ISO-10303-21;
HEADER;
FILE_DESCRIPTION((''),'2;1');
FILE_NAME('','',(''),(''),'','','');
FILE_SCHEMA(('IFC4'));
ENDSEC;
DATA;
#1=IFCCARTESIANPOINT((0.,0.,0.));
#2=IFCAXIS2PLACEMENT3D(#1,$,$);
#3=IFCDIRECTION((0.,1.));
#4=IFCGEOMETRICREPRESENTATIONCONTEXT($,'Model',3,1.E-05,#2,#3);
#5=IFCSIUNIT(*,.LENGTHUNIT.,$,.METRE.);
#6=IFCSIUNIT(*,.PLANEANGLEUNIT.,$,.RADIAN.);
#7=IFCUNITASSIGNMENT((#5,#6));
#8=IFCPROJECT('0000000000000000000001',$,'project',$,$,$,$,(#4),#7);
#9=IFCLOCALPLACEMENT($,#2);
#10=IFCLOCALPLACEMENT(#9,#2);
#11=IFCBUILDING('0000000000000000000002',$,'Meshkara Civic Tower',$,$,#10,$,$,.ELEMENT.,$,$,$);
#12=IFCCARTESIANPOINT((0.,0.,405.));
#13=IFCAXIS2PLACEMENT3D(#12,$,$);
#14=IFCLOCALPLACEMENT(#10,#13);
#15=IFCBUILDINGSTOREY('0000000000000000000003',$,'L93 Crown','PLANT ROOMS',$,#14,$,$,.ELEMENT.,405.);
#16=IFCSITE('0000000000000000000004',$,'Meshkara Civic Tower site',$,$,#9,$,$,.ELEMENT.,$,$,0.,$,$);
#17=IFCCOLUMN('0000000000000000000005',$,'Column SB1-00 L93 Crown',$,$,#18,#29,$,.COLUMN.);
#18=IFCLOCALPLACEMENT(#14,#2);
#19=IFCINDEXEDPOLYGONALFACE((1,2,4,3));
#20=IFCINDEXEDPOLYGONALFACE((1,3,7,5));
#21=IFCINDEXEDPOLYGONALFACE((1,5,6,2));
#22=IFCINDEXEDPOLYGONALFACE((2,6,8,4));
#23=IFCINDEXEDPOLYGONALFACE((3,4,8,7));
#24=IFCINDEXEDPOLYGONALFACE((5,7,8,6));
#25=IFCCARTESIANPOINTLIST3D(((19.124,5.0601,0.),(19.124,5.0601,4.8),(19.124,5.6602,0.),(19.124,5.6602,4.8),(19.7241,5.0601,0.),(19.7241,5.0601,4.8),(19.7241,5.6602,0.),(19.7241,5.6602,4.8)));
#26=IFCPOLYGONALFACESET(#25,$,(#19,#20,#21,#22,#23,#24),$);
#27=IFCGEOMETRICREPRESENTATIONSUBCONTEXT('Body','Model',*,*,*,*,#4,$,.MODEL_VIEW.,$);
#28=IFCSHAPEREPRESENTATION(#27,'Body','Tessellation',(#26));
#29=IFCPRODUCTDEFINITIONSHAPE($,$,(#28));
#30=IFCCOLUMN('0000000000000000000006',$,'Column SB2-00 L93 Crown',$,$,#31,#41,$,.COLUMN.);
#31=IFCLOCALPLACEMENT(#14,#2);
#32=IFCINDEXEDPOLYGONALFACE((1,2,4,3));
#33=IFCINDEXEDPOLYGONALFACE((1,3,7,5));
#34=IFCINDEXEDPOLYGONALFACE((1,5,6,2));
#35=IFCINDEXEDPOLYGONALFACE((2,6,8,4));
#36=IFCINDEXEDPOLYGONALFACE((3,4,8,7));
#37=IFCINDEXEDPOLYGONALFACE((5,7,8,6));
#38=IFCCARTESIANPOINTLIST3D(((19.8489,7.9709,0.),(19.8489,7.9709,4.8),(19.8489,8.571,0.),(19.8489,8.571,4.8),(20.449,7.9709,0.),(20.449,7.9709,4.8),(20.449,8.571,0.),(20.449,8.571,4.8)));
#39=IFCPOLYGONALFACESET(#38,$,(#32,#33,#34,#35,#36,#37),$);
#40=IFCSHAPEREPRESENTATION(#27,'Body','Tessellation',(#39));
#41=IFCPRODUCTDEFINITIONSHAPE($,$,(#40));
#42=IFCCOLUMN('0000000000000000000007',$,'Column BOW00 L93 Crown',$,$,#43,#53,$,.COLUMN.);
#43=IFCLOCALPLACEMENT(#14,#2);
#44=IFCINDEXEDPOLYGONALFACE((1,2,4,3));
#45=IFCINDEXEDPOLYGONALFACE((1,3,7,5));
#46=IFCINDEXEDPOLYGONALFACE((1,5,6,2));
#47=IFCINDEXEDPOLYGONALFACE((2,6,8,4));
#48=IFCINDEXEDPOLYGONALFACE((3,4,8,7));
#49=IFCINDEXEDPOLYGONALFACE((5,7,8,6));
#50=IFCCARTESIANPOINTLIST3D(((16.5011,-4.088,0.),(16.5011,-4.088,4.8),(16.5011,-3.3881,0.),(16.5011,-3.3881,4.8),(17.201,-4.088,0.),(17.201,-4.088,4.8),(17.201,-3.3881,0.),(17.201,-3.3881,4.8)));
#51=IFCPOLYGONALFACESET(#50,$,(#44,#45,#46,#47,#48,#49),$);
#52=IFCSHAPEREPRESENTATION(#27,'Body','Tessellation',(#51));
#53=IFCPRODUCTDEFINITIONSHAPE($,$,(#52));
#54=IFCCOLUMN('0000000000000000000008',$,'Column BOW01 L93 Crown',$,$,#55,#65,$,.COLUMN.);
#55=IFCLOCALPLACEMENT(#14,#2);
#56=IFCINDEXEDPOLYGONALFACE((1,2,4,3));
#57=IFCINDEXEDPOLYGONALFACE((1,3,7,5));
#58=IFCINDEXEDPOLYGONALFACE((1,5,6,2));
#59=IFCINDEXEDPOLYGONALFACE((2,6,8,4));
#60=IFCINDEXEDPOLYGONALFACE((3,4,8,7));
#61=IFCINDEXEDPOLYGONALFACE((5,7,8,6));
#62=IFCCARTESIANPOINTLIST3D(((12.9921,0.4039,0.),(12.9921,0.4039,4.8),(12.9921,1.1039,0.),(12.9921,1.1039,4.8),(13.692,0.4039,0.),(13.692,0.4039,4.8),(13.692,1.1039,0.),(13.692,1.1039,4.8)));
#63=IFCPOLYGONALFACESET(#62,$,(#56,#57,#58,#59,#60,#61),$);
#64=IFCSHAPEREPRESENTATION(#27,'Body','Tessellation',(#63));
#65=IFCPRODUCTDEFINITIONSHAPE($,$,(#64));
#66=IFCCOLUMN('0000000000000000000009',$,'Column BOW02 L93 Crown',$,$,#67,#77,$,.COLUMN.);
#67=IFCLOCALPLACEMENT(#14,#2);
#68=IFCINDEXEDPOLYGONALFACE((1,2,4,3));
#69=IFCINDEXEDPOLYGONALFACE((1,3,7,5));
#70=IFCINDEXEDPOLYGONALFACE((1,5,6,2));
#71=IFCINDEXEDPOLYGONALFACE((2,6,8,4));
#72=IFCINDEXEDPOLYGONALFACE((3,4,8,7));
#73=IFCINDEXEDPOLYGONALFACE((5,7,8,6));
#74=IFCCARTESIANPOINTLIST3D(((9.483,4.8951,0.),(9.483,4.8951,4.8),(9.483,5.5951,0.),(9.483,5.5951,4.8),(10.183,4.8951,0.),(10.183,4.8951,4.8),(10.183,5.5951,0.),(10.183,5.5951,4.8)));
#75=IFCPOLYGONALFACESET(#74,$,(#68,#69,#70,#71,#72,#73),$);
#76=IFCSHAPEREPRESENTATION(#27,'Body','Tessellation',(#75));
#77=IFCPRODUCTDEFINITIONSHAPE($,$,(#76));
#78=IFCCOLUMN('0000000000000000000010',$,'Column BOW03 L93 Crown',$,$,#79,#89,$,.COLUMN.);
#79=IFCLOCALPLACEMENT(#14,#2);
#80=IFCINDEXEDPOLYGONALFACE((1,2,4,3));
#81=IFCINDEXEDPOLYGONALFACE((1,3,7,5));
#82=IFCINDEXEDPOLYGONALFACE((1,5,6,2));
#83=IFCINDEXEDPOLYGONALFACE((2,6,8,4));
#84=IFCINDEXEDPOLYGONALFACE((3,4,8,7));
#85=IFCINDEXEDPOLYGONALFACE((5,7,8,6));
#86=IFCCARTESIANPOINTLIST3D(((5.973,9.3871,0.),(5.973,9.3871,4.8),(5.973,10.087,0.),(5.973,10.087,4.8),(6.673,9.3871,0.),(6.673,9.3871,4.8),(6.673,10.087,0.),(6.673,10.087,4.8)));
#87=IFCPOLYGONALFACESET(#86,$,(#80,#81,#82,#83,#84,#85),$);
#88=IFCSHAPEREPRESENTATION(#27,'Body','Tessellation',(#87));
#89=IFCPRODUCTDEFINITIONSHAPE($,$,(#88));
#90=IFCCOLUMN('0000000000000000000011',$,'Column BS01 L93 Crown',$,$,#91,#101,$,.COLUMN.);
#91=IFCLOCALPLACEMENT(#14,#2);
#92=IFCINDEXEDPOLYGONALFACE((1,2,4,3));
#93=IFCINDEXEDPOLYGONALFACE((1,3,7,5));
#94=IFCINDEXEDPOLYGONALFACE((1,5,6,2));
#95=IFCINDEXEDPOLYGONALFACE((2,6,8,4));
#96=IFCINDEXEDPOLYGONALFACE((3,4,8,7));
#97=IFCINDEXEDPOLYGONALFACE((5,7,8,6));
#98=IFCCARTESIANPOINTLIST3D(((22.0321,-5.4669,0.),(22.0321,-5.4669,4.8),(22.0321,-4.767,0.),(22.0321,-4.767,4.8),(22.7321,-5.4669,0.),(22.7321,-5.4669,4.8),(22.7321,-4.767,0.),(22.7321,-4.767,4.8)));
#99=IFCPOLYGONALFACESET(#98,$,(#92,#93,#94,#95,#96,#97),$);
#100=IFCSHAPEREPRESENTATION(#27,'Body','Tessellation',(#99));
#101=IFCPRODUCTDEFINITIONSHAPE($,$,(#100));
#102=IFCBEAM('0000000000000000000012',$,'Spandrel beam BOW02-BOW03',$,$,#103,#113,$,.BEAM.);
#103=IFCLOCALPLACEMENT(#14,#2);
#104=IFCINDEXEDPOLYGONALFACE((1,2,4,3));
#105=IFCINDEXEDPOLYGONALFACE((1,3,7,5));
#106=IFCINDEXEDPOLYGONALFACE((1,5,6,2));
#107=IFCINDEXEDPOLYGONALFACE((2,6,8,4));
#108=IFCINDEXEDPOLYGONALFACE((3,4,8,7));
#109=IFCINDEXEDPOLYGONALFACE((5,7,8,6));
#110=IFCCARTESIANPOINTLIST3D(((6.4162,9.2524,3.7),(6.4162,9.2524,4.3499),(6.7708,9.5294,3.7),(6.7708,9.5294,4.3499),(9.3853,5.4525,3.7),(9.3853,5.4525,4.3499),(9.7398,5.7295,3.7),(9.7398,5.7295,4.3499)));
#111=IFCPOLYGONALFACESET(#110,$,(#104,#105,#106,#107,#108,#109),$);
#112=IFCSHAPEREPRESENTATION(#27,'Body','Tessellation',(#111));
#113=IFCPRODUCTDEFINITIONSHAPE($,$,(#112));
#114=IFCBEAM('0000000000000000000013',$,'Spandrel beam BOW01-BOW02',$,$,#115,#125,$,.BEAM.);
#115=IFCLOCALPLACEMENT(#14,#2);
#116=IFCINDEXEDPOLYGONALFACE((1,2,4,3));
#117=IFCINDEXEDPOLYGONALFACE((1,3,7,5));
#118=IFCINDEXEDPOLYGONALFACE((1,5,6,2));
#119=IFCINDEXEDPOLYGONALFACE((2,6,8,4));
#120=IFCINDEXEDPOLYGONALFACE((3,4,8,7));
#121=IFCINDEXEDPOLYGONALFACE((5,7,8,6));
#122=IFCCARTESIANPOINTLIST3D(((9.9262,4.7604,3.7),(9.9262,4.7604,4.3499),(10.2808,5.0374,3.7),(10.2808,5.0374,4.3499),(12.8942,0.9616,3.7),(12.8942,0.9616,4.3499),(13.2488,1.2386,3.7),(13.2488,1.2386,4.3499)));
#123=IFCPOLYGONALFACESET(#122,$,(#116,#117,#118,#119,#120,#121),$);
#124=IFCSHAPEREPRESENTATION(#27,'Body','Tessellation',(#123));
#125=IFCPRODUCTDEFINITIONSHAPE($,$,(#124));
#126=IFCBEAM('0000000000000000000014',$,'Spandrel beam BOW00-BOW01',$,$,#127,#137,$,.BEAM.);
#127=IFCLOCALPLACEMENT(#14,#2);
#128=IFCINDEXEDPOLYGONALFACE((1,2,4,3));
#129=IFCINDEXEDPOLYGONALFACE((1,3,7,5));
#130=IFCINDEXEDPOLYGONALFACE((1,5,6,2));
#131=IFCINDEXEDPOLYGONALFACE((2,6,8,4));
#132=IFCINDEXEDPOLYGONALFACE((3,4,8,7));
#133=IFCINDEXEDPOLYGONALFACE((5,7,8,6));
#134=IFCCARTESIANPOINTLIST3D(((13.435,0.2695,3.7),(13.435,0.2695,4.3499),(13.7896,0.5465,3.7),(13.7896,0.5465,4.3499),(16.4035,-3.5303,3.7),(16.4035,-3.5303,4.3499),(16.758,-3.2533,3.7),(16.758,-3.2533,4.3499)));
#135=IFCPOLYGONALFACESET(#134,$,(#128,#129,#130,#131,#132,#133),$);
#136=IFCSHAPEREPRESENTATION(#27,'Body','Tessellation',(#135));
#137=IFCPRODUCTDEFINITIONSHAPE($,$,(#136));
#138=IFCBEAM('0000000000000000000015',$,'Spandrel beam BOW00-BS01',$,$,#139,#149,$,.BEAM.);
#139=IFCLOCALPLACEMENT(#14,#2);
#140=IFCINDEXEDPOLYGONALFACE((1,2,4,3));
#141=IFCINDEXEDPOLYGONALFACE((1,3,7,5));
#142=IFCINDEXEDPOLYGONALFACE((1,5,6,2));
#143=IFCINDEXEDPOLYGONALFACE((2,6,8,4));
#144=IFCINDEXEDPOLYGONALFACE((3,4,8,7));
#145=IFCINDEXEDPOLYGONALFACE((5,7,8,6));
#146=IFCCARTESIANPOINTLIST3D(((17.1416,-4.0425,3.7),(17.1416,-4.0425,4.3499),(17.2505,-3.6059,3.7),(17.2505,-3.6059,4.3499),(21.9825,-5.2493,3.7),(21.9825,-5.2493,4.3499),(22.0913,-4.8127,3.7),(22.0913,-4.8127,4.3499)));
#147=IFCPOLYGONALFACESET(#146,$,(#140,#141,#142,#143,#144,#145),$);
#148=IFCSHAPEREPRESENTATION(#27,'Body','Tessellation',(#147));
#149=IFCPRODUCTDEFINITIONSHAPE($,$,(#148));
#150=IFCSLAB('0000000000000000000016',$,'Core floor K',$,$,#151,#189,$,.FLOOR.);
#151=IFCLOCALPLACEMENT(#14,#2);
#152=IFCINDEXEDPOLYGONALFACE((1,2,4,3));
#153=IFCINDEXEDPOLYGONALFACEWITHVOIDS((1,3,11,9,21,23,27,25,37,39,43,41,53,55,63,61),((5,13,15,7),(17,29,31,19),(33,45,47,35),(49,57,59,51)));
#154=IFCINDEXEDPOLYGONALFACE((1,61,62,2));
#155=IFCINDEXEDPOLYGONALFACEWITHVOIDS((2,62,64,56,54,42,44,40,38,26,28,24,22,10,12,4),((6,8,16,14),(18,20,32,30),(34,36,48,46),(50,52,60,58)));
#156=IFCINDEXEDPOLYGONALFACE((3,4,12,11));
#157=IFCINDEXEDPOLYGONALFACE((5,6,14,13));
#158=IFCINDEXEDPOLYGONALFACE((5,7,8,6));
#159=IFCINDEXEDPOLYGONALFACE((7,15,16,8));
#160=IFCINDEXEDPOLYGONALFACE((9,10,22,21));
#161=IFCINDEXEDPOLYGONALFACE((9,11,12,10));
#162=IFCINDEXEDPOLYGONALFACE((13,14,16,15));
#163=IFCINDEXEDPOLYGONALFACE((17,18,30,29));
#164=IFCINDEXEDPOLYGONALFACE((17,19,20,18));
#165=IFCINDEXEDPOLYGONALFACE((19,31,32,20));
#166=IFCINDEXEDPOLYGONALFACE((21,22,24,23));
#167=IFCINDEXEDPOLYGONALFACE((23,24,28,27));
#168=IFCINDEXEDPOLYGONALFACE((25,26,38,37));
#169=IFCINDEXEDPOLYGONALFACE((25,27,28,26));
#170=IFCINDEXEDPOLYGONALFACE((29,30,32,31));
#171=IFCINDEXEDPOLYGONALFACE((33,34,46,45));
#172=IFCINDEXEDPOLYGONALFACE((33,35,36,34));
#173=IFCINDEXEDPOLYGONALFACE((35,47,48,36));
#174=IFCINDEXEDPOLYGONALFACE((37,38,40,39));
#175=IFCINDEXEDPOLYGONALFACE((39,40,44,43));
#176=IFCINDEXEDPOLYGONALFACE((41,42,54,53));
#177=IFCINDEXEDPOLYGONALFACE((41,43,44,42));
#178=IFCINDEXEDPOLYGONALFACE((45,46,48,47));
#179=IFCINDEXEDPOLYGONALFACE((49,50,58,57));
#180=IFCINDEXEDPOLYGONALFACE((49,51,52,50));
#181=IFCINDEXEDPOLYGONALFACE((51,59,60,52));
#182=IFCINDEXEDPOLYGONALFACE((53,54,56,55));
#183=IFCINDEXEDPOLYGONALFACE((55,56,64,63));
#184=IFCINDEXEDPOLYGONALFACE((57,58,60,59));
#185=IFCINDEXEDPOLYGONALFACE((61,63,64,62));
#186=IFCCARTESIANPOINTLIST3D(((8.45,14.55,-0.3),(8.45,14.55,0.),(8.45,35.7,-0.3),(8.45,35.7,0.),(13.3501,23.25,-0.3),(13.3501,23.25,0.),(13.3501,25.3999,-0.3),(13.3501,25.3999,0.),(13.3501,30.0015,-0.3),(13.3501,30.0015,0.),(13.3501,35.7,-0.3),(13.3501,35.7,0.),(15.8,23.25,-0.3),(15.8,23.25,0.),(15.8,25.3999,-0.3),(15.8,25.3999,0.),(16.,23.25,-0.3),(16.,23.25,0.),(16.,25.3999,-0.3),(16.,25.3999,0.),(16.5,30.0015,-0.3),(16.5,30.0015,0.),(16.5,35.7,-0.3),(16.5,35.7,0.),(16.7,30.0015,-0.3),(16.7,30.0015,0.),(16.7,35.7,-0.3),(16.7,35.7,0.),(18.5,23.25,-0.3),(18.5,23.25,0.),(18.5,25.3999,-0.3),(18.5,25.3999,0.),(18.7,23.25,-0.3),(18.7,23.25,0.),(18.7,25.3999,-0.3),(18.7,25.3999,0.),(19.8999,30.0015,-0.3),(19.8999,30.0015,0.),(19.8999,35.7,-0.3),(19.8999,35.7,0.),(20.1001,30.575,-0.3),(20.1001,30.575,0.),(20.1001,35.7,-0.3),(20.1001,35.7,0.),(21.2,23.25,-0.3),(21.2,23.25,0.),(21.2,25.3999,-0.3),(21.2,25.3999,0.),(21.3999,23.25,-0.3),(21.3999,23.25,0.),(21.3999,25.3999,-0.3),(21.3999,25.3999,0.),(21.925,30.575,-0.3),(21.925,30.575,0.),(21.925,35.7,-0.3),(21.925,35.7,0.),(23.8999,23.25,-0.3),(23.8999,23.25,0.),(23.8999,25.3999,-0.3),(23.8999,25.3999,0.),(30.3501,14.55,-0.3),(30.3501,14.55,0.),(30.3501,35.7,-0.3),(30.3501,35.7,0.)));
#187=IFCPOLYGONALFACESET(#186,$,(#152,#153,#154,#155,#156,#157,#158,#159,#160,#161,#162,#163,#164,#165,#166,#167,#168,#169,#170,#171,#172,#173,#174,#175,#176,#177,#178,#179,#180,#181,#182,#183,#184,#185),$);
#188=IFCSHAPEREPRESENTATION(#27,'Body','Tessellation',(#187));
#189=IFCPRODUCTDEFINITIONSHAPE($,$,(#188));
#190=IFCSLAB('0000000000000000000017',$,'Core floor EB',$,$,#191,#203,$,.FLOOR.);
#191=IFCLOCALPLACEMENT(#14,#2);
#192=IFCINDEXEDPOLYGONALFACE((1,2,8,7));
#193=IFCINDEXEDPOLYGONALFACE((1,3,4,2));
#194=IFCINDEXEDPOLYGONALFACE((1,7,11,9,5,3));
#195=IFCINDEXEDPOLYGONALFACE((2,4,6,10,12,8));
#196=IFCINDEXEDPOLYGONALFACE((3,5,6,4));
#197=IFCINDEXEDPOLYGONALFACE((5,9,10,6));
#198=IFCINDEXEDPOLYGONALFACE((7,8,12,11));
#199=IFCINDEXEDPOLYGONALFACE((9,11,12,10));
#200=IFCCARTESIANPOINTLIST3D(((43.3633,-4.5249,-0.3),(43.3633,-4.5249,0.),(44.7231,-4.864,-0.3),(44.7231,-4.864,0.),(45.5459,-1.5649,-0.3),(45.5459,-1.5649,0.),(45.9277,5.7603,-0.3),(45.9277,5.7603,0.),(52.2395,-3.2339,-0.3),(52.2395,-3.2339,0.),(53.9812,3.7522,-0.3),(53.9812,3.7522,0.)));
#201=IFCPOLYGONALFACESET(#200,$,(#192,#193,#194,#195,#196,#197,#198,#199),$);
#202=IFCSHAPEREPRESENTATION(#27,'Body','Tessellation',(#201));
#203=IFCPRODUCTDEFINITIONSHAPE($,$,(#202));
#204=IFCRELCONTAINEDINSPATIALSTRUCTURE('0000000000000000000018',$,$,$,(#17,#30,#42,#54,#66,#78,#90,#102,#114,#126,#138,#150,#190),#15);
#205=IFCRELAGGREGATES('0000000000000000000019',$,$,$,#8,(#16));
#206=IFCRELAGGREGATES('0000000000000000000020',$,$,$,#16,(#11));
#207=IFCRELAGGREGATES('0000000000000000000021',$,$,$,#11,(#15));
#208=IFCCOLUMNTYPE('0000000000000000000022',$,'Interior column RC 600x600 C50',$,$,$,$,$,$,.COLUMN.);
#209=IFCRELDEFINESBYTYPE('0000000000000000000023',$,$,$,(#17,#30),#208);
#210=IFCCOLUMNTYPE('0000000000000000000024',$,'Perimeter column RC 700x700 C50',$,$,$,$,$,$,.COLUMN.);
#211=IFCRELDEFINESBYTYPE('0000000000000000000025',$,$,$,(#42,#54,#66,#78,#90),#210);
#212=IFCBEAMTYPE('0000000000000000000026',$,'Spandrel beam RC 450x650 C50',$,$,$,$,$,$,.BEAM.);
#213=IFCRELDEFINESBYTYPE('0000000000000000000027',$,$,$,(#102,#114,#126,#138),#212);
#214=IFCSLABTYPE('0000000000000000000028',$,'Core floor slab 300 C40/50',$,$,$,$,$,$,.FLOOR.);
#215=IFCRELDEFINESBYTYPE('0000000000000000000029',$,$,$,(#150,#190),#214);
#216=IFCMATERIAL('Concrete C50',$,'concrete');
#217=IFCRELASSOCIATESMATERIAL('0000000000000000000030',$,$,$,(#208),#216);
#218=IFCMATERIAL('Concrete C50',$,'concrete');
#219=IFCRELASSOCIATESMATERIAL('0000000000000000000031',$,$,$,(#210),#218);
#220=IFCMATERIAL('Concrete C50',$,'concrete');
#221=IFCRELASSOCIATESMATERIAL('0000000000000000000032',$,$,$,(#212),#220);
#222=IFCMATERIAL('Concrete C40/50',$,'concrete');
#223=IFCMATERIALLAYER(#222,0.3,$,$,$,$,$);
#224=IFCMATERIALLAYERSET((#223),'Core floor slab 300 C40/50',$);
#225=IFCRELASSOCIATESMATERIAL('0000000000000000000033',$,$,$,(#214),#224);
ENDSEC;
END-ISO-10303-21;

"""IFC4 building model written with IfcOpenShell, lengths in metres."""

from ifc_helpers import new_model, si_unit, direction, frame, origin, origin_2d, place, context, subcontext, project, spatial, polyline, rectangle, outline, extrude, material, layer, layer_set, material_profile, profile_set, type_object, element, save


model = new_model("IFC4")

# Units and contexts
model_context = context("Model", 3, precision=1e-05, world=origin(), true_north=direction((0.0, 1.0)))
body_context = subcontext(model_context, "Body", "Model", "MODEL_VIEW")
ifc_project = project(units=[si_unit("LENGTHUNIT", "METRE"), si_unit("PLANEANGLEUNIT", "RADIAN")], contexts=[model_context])

# Site, building, storey
site_placement = place(None, origin())
site = spatial("IfcSite", under=ifc_project, at=site_placement, Name="Meshkara Civic Tower site", CompositionType="ELEMENT", RefElevation=0.0)
building_placement = place(site_placement, origin())
building = spatial("IfcBuilding", under=site, at=building_placement, Name="Meshkara Civic Tower", CompositionType="ELEMENT")
storey_placement = place(building_placement, frame((0.0, 0.0, 405.0)))
storey = spatial("IfcBuildingStorey", under=building, at=storey_placement, Name="L93 Crown", Description="PLANT ROOMS", CompositionType="ELEMENT", Elevation=405.0)

# Columns
ifc_material_1 = material(Name="Concrete C50", Category="concrete")
ifc_material_profile_1 = material_profile(ifc_material_1, rectangle(XDim=0.6001, YDim=0.6001, at=origin_2d()))
ifc_profile_set_1 = profile_set([ifc_material_profile_1], Name="Concrete C50")
column_type_1 = type_object("IfcColumnType", Name="Interior column RC 600x600 C50", PredefinedType="COLUMN", material=ifc_profile_set_1)
for number, where, z_axis, x_axis, name in (
    (1, (19.4241, 5.3601, 0.0), (0.0, 0.0, 1.0), (1.0, 0.0, 0.0), "Column SB1-00 L93 Crown"),
    (2, (20.1489, 8.271, 0.0), (0.0, 0.0, 1.0), (1.0, 0.0, 0.0), "Column SB2-00 L93 Crown"),
):
    element("IfcColumn", number, at=place(storey_placement, frame(where, z_axis=z_axis, x_axis=x_axis)), inside=storey, type_object=column_type_1, Name=name, PredefinedType="COLUMN", context=body_context, shape_type="SweptSolid", body=[
        extrude(rectangle(XDim=0.6001, YDim=0.6001, at=origin_2d()), origin(), (0.0, 0.0, 1.0), 4.8),
    ])
ifc_material_2 = material(Name="Concrete C50", Category="concrete")
ifc_material_profile_2 = material_profile(ifc_material_2, rectangle(XDim=0.7, YDim=0.7, at=origin_2d()))
ifc_profile_set_2 = profile_set([ifc_material_profile_2], Name="Concrete C50")
column_type_2 = type_object("IfcColumnType", Name="Perimeter column RC 700x700 C50", PredefinedType="COLUMN", material=ifc_profile_set_2)
for number, where, z_axis, x_axis, name in (
    (3, (16.8511, -3.738, 0.0), (0.0, 0.0, 1.0), (1.0, 0.0, 0.0), "Column BOW00 L93 Crown"),
    (4, (13.342, 0.7539, 0.0), (0.0, 0.0, 1.0), (1.0, 0.0, 0.0), "Column BOW01 L93 Crown"),
    (5, (9.833, 5.2451, 0.0), (0.0, 0.0, 1.0), (1.0, 0.0, 0.0), "Column BOW02 L93 Crown"),
    (6, (6.323, 9.7371, 0.0), (0.0, 0.0, 1.0), (1.0, 0.0, 0.0), "Column BOW03 L93 Crown"),
    (7, (22.3821, -5.1169, 0.0), (0.0, 0.0, 1.0), (1.0, 0.0, 0.0), "Column BS01 L93 Crown"),
):
    element("IfcColumn", number, at=place(storey_placement, frame(where, z_axis=z_axis, x_axis=x_axis)), inside=storey, type_object=column_type_2, Name=name, PredefinedType="COLUMN", context=body_context, shape_type="SweptSolid", body=[
        extrude(rectangle(XDim=0.7, YDim=0.7, at=origin_2d()), origin(), (0.0, 0.0, 1.0), 4.8),
    ])

# Beams
ifc_material_3 = material(Name="Concrete C50", Category="concrete")
ifc_material_profile_3 = material_profile(ifc_material_3, rectangle(XDim=0.45, YDim=0.6499, at=origin_2d()))
ifc_profile_set_3 = profile_set([ifc_material_profile_3], Name="Concrete C50")
beam_type = type_object("IfcBeamType", Name="Spandrel beam RC 450x650 C50", PredefinedType="BEAM", material=ifc_profile_set_3)
beam_1_placement = place(storey_placement, frame((6.5935, 9.3909, 4.0249), z_axis=(0.615695, -0.787984, 0.0), x_axis=(0.787984, 0.615695, 0.0)))
element("IfcBeam", 8, at=beam_1_placement, inside=storey, type_object=beam_type, Name="Spandrel beam BOW02-BOW03", PredefinedType="BEAM", context=body_context, shape_type="SweptSolid", body=[
    extrude(rectangle(XDim=0.45, YDim=0.6499, at=origin_2d()), origin(), (0.0, 0.0, 1.0), 4.8223),
])
beam_2_placement = place(storey_placement, frame((10.1035, 4.8989, 4.0249), z_axis=(0.615668, -0.788006, 0.0), x_axis=(0.788006, 0.615668, 0.0)))
element("IfcBeam", 9, at=beam_2_placement, inside=storey, type_object=beam_type, Name="Spandrel beam BOW01-BOW02", PredefinedType="BEAM", context=body_context, shape_type="SweptSolid", body=[
    extrude(rectangle(XDim=0.45, YDim=0.6499, at=origin_2d()), origin(), (0.0, 0.0, 1.0), 4.8208),
])
beam_3_placement = place(storey_placement, frame((13.6123, 0.408, 4.0249), z_axis=(0.615632, -0.788034, 0.0), x_axis=(0.788034, 0.615632, 0.0)))
element("IfcBeam", 10, at=beam_3_placement, inside=storey, type_object=beam_type, Name="Spandrel beam BOW00-BOW01", PredefinedType="BEAM", context=body_context, shape_type="SweptSolid", body=[
    extrude(rectangle(XDim=0.45, YDim=0.6499, at=origin_2d()), origin(), (0.0, 0.0, 1.0), 4.8218),
])
beam_4_placement = place(storey_placement, frame((17.196, -3.8242, 4.0249), z_axis=(0.970303, -0.241891, 0.0), x_axis=(0.241891, 0.970303, 0.0)))
element("IfcBeam", 11, at=beam_4_placement, inside=storey, type_object=beam_type, Name="Spandrel beam BOW00-BS01", PredefinedType="BEAM", context=body_context, shape_type="SweptSolid", body=[
    extrude(rectangle(XDim=0.45, YDim=0.6499, at=origin_2d()), origin(), (0.0, 0.0, 1.0), 4.989),
])

# Slabs
ifc_material_4 = material(Name="Concrete C40/50", Category="concrete")
ifc_layer_1 = layer(ifc_material_4, 0.3)
ifc_layer_set_1 = layer_set([ifc_layer_1], Name="Core floor slab 300 C40/50")
slab_type_1 = type_object("IfcSlabType", Name="Core floor slab 300 C40/50", PredefinedType="FLOOR", material=ifc_layer_set_1)
slab_1_placement = place(storey_placement, frame((0.0, 0.0, -0.3)))
element("IfcSlab", 12, at=slab_1_placement, inside=storey, type_object=slab_type_1, Name="Core floor K", PredefinedType="FLOOR", context=body_context, shape_type="SweptSolid", body=[
    extrude(outline(polyline([(8.45, 35.7), (13.3501, 35.7), (13.3501, 30.0015), (16.5, 30.0015), (16.5, 35.7), (16.7, 35.7), (16.7, 30.0015), (19.8999, 30.0015), (19.8999, 35.7), (20.1001, 35.7), (20.1001, 30.575), (21.925, 30.575), (21.925, 35.7), (30.3501, 35.7), (30.3501, 14.55), (8.45, 14.55), (8.45, 35.7)]), holes=[polyline([(15.8, 23.25), (15.8, 25.3999), (13.3501, 25.3999), (13.3501, 23.25), (15.8, 23.25)]), polyline([(18.5, 25.3999), (16.0, 25.3999), (16.0, 23.25), (18.5, 23.25), (18.5, 25.3999)]), polyline([(18.7, 23.25), (21.2, 23.25), (21.2, 25.3999), (18.7, 25.3999), (18.7, 23.25)]), polyline([(21.3999, 23.25), (23.8999, 23.25), (23.8999, 25.3999), (21.3999, 25.3999), (21.3999, 23.25)])]), origin(), (0.0, 0.0, 1.0), 0.3),
])
slab_2_placement = place(storey_placement, frame((0.0, 0.0, -0.3)))
element("IfcSlab", 13, at=slab_2_placement, inside=storey, type_object=slab_type_1, Name="Core floor EB", PredefinedType="FLOOR", context=body_context, shape_type="SweptSolid", body=[
    extrude(outline(polyline([(45.9277, 5.7603), (53.9812, 3.7522), (52.2395, -3.2339), (45.5459, -1.5649), (44.7231, -4.864), (43.3633, -4.5249), (45.9277, 5.7603)])), origin(), (0.0, 0.0, 1.0), 0.3),
])

save(model, "model.ifc")
